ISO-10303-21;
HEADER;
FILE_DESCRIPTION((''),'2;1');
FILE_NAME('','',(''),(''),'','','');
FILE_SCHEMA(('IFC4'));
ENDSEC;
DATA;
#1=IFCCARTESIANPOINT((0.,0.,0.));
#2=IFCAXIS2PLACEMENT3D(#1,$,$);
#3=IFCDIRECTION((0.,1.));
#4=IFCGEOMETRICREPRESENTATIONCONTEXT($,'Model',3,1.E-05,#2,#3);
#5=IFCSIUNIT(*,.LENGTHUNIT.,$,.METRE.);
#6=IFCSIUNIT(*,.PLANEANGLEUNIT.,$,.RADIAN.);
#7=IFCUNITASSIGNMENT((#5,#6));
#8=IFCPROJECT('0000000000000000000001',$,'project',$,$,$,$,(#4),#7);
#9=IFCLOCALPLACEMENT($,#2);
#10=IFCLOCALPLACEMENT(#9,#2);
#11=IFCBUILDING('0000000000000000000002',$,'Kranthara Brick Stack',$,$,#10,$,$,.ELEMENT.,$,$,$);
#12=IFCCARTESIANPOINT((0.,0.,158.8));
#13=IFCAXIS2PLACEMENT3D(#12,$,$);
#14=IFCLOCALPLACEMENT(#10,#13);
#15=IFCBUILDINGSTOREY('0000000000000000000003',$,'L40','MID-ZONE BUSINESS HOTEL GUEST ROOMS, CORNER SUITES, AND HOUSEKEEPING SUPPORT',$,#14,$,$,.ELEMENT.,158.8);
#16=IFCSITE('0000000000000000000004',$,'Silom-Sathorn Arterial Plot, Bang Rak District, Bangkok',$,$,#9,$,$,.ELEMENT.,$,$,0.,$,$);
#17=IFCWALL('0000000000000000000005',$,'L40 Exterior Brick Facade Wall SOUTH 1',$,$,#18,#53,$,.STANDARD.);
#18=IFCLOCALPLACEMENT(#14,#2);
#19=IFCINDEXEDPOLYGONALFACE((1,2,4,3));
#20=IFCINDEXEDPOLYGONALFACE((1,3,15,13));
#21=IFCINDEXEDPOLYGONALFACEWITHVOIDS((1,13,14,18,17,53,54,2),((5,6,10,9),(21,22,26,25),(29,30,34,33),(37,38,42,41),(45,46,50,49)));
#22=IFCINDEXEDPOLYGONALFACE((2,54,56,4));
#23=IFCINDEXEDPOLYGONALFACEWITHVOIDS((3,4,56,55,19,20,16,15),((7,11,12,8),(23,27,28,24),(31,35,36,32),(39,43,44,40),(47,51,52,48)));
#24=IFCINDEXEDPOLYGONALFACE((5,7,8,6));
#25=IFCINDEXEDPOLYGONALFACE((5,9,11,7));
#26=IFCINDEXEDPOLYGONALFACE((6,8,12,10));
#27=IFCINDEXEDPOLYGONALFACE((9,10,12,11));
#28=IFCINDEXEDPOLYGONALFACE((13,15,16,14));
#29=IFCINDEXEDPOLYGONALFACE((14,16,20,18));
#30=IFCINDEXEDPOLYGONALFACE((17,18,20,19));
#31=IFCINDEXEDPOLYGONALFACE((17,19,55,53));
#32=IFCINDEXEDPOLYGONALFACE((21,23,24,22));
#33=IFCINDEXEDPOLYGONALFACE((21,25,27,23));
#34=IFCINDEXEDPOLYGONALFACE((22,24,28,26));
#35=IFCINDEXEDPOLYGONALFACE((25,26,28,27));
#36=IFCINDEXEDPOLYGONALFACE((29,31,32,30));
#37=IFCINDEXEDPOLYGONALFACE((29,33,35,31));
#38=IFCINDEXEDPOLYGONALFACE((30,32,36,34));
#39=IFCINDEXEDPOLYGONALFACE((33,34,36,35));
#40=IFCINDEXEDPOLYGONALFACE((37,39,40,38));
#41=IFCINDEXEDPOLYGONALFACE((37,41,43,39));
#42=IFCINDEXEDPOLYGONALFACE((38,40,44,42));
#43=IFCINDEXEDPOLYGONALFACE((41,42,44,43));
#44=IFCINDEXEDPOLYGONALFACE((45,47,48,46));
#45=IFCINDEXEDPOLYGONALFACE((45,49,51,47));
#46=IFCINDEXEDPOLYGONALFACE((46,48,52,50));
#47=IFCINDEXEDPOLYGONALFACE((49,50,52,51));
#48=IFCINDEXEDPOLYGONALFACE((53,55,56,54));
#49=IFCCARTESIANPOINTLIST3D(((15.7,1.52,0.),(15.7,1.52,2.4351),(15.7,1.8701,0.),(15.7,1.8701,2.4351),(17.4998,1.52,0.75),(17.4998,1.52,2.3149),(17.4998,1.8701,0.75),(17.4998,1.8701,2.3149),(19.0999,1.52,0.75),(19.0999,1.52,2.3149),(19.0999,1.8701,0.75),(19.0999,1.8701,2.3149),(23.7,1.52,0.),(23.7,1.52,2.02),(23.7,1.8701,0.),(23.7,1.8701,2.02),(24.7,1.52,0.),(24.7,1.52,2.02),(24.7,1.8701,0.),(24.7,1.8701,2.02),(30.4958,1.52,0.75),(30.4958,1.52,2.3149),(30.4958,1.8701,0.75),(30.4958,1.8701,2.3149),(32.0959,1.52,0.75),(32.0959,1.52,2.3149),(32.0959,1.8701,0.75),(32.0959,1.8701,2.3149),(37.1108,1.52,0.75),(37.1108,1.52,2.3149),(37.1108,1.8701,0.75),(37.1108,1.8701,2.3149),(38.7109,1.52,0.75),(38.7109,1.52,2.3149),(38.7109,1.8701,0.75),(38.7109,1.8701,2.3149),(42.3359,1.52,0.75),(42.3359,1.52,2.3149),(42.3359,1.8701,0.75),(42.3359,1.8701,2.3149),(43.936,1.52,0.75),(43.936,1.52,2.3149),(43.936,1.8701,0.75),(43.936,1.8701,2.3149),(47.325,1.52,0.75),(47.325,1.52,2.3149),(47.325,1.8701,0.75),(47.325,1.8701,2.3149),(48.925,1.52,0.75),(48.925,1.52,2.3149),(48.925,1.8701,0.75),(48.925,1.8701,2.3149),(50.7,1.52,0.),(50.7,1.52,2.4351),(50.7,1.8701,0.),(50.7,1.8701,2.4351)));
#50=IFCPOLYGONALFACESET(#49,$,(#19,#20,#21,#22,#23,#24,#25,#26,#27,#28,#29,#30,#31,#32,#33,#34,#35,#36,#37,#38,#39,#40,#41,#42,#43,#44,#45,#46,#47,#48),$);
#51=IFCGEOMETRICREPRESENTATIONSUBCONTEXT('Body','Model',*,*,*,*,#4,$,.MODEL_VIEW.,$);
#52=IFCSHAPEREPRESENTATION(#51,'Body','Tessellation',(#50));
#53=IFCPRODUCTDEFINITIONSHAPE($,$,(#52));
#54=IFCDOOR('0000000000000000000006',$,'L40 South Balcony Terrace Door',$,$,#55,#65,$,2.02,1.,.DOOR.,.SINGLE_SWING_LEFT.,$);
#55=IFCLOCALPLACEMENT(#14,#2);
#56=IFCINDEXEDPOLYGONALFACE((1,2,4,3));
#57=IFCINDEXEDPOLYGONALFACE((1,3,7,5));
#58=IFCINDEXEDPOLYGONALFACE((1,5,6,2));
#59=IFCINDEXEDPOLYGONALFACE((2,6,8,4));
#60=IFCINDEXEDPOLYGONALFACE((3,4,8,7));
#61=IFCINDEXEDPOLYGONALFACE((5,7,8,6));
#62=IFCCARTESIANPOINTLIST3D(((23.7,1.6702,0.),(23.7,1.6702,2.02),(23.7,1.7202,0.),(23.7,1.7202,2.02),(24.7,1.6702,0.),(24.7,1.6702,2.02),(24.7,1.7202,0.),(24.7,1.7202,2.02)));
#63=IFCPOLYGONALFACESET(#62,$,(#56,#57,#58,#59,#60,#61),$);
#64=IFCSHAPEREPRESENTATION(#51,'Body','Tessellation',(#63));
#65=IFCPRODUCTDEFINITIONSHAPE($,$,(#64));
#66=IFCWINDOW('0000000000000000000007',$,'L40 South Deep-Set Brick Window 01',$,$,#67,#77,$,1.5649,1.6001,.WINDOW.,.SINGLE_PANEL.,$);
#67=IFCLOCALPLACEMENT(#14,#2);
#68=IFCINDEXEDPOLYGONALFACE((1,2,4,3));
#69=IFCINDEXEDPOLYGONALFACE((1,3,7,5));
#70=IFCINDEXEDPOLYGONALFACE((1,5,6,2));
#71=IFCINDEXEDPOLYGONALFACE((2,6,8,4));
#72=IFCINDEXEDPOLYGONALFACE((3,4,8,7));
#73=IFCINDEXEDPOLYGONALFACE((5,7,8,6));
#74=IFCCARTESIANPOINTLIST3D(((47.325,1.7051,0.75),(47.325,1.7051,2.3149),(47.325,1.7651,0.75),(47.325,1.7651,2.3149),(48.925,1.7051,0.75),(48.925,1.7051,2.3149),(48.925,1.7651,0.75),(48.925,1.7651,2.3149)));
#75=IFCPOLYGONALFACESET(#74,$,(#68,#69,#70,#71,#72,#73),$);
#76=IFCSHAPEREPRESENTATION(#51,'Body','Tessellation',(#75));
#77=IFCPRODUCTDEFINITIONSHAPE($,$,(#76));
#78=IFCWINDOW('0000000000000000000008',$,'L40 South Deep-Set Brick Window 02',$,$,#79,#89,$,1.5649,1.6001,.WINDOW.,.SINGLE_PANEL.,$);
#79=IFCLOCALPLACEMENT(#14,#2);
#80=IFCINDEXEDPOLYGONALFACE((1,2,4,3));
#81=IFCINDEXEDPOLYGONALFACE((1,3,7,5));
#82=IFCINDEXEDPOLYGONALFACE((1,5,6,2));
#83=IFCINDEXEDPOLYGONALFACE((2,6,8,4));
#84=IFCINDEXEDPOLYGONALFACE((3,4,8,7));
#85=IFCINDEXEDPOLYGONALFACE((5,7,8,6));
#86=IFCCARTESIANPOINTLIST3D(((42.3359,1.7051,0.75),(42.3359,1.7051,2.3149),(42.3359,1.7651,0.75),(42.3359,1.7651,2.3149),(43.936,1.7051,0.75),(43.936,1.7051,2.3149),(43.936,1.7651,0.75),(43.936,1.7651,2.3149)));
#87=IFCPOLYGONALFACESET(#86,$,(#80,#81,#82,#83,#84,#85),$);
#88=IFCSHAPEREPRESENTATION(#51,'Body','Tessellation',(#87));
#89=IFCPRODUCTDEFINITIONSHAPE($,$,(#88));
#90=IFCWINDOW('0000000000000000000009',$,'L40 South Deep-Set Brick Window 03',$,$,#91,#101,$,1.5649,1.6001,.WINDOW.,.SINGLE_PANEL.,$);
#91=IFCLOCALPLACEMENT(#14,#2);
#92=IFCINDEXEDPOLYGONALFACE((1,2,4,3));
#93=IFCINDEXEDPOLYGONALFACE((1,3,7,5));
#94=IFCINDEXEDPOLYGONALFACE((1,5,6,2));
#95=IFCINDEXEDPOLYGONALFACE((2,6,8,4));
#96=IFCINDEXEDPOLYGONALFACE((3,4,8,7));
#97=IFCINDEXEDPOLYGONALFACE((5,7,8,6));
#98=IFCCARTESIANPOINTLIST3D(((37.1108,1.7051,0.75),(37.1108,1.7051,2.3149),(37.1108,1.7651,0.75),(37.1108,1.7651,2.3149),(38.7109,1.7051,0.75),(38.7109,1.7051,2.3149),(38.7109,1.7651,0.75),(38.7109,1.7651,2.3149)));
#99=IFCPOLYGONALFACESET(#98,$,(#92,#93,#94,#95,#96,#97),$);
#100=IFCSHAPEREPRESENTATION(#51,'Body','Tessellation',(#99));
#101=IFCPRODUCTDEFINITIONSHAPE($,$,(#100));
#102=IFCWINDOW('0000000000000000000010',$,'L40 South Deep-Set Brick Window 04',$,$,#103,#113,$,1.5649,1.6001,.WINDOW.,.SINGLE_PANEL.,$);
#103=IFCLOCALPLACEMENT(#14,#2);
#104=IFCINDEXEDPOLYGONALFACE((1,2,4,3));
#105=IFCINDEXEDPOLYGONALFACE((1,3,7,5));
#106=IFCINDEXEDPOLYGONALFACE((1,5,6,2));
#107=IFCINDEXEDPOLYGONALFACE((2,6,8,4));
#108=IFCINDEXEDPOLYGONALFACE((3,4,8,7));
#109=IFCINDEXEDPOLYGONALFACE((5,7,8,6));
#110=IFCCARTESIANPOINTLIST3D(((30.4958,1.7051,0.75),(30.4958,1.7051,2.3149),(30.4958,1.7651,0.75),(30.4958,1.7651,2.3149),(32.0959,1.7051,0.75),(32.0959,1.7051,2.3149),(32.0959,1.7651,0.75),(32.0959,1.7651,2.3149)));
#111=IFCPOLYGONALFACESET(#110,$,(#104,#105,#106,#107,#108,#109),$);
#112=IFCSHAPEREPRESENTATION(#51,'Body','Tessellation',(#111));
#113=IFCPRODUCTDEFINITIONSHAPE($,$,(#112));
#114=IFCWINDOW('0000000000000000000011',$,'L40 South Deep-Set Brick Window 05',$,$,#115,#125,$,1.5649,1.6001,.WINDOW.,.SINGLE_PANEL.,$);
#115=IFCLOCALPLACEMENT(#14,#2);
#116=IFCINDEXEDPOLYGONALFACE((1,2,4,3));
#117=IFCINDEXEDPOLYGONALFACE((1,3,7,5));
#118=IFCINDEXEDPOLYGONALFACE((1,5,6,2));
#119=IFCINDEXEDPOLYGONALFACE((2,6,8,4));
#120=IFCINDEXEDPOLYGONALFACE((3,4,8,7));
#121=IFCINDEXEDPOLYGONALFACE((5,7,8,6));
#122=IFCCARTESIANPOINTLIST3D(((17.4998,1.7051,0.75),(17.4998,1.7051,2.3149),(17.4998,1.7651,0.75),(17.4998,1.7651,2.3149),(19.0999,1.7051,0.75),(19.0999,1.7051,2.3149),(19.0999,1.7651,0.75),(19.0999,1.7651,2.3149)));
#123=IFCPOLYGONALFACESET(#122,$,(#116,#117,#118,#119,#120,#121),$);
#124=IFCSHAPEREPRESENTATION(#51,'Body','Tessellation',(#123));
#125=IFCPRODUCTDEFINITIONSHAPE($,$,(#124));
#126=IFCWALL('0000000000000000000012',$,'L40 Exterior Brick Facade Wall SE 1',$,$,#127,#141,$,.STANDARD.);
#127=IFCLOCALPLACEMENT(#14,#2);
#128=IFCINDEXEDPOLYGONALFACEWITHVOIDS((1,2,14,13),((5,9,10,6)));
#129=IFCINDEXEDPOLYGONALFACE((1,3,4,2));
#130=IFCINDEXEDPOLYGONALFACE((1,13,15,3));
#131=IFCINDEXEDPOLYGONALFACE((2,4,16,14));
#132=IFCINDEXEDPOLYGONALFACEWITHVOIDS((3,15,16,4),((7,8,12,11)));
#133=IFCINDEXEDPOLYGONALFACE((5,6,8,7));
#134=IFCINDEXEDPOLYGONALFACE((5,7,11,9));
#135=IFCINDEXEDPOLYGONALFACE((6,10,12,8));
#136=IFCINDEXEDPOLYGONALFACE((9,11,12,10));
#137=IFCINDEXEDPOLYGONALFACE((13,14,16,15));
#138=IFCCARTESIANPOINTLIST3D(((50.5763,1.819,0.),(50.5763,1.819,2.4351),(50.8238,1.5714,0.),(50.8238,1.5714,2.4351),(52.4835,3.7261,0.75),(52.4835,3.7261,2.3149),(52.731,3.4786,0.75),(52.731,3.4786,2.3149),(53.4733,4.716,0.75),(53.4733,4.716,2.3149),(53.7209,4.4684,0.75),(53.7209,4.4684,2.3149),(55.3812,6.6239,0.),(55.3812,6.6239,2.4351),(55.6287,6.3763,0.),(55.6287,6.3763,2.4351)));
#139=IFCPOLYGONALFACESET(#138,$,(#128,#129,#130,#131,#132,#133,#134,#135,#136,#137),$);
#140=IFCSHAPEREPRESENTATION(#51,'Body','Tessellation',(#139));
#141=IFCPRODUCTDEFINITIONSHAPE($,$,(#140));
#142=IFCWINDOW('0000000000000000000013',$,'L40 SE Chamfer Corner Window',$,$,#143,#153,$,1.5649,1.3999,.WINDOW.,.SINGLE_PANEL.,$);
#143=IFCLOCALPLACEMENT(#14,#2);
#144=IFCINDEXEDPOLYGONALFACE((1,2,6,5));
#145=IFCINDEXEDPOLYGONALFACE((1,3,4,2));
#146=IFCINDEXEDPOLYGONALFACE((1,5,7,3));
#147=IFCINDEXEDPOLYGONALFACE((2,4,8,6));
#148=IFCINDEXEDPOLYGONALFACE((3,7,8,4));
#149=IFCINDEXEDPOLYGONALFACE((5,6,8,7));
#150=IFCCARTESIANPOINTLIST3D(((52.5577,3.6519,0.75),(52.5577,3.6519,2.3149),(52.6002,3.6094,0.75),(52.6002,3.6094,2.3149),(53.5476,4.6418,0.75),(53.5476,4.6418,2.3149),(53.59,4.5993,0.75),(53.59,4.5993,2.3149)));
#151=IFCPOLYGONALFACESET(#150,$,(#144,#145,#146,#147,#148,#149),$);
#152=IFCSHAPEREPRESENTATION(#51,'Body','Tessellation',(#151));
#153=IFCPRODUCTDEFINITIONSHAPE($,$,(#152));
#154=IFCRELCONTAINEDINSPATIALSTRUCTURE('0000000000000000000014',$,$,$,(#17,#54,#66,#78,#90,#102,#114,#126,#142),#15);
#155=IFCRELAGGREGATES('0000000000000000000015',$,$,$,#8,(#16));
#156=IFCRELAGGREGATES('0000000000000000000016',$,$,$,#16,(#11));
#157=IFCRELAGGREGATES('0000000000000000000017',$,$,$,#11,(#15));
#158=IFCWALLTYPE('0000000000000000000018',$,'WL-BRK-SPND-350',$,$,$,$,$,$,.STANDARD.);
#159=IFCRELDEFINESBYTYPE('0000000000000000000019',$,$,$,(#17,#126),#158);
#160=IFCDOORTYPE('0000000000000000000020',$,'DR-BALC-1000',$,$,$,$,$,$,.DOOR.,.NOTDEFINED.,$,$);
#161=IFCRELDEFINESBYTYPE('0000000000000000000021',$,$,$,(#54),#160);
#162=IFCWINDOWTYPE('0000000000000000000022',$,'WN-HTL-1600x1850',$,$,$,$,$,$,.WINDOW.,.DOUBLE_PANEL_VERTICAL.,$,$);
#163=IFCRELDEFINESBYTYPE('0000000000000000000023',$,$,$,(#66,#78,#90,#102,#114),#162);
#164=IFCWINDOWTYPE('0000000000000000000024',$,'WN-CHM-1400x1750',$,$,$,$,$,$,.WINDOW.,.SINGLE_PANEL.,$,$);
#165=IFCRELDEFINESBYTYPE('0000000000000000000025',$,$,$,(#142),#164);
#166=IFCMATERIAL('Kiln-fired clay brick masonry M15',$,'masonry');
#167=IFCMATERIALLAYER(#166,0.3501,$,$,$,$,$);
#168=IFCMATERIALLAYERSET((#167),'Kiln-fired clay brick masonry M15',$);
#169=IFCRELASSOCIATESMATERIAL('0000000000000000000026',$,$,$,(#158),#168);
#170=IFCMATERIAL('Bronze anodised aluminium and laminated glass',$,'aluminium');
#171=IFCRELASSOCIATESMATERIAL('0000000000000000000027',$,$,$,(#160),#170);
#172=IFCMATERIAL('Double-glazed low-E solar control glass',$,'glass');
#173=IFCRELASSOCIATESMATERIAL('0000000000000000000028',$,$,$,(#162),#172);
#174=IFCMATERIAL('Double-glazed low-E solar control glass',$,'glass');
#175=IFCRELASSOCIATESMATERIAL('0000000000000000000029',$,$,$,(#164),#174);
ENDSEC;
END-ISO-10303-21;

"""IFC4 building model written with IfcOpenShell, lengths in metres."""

from ifc_helpers import new_model, si_unit, direction, frame, frame_2d, origin, place, context, subcontext, project, spatial, rectangle, extrude, material, layer, layer_set, type_object, element, fill, save


model = new_model("IFC4")

# Units and contexts
model_context = context("Model", 3, precision=1e-05, world=origin(), true_north=direction((0.0, 1.0)))
body_context = subcontext(model_context, "Body", "Model", "MODEL_VIEW")
ifc_project = project(units=[si_unit("LENGTHUNIT", "METRE"), si_unit("PLANEANGLEUNIT", "RADIAN")], contexts=[model_context])

# Site, building, storey
site_placement = place(None, origin())
site = spatial("IfcSite", under=ifc_project, at=site_placement, Name="Silom-Sathorn Arterial Plot, Bang Rak District, Bangkok", CompositionType="ELEMENT", RefElevation=0.0)
building_placement = place(site_placement, origin())
building = spatial("IfcBuilding", under=site, at=building_placement, Name="Kranthara Brick Stack", CompositionType="ELEMENT")
storey_placement = place(building_placement, frame((0.0, 0.0, 158.8)))
storey = spatial("IfcBuildingStorey", under=building, at=storey_placement, Name="L40", Description="MID-ZONE BUSINESS HOTEL GUEST ROOMS, CORNER SUITES, AND HOUSEKEEPING SUPPORT", CompositionType="ELEMENT", Elevation=158.8)

# Wall, openings, door, windows
ifc_material_1 = material(Name="Kiln-fired clay brick masonry M15", Category="masonry")
ifc_layer_1 = layer(ifc_material_1, 0.3501)
ifc_layer_set_1 = layer_set([ifc_layer_1], Name="Kiln-fired clay brick masonry M15")
wall_type_1 = type_object("IfcWallType", Name="WL-BRK-SPND-350", PredefinedType="STANDARD", material=ifc_layer_set_1)
wall_1_placement = place(storey_placement, frame((50.7, 1.6951, 0.0), z_axis=(0.0, 0.0, 1.0), x_axis=(-1.0, 0.0, 0.0)))
wall_1 = element("IfcWall", 1, at=wall_1_placement, inside=storey, type_object=wall_type_1, Name="L40 Exterior Brick Facade Wall SOUTH 1", PredefinedType="STANDARD", context=body_context, shape_type="SweptSolid", body=[
    extrude(rectangle(XDim=35.0, YDim=0.3501, at=frame_2d((17.5, 0.0))), origin(), (0.0, 0.0, 1.0), 2.4351),
])
opening_1_placement = place(wall_1_placement, frame((26.0, 0.0, 0.0)))
opening_1 = element("IfcOpeningElement", 2, at=opening_1_placement, cuts=wall_1, PredefinedType="OPENING", context=body_context, shape_type="SweptSolid", body=[
    extrude(rectangle(XDim=1.0, YDim=2.02, at=frame_2d((0.5, 1.01))), frame((0.0, 0.1851, 0.0), z_axis=(0.0, -1.0, 0.0), x_axis=(1.0, 0.0, 0.0)), (0.0, 0.0, 1.0), 0.3701),
])
opening_2_placement = place(wall_1_placement, frame((1.7749, 0.0, 0.75)))
opening_2 = element("IfcOpeningElement", 3, at=opening_2_placement, cuts=wall_1, PredefinedType="OPENING", context=body_context, shape_type="SweptSolid", body=[
    extrude(rectangle(XDim=1.6001, YDim=1.5649, at=frame_2d((0.8, 0.7825))), frame((0.0, 0.1851, 0.0), z_axis=(0.0, -1.0, 0.0), x_axis=(1.0, 0.0, 0.0)), (0.0, 0.0, 1.0), 0.3701),
])
opening_3_placement = place(wall_1_placement, frame((6.7639, 0.0, 0.75)))
opening_3 = element("IfcOpeningElement", 4, at=opening_3_placement, cuts=wall_1, PredefinedType="OPENING", context=body_context, shape_type="SweptSolid", body=[
    extrude(rectangle(XDim=1.6001, YDim=1.5649, at=frame_2d((0.8, 0.7825))), frame((0.0, 0.1851, 0.0), z_axis=(0.0, -1.0, 0.0), x_axis=(1.0, 0.0, 0.0)), (0.0, 0.0, 1.0), 0.3701),
])
opening_4_placement = place(wall_1_placement, frame((11.989, 0.0, 0.75)))
opening_4 = element("IfcOpeningElement", 5, at=opening_4_placement, cuts=wall_1, PredefinedType="OPENING", context=body_context, shape_type="SweptSolid", body=[
    extrude(rectangle(XDim=1.6001, YDim=1.5649, at=frame_2d((0.8, 0.7825))), frame((0.0, 0.1851, 0.0), z_axis=(0.0, -1.0, 0.0), x_axis=(1.0, 0.0, 0.0)), (0.0, 0.0, 1.0), 0.3701),
])
opening_5_placement = place(wall_1_placement, frame((18.604, 0.0, 0.75)))
opening_5 = element("IfcOpeningElement", 6, at=opening_5_placement, cuts=wall_1, PredefinedType="OPENING", context=body_context, shape_type="SweptSolid", body=[
    extrude(rectangle(XDim=1.6001, YDim=1.5649, at=frame_2d((0.8, 0.7825))), frame((0.0, 0.1851, 0.0), z_axis=(0.0, -1.0, 0.0), x_axis=(1.0, 0.0, 0.0)), (0.0, 0.0, 1.0), 0.3701),
])
opening_6_placement = place(wall_1_placement, frame((31.6001, 0.0, 0.75)))
opening_6 = element("IfcOpeningElement", 7, at=opening_6_placement, cuts=wall_1, PredefinedType="OPENING", context=body_context, shape_type="SweptSolid", body=[
    extrude(rectangle(XDim=1.6001, YDim=1.5649, at=frame_2d((0.8, 0.7825))), frame((0.0, 0.1851, 0.0), z_axis=(0.0, -1.0, 0.0), x_axis=(1.0, 0.0, 0.0)), (0.0, 0.0, 1.0), 0.3701),
])
ifc_material_2 = material(Name="Bronze anodised aluminium and laminated glass", Category="aluminium")
door_type_1 = type_object("IfcDoorType", Name="DR-BALC-1000", OperationType="NOTDEFINED", PredefinedType="DOOR", material=ifc_material_2)
door_1_placement = place(opening_1_placement, origin())
door_1 = element("IfcDoor", 8, at=door_1_placement, inside=storey, type_object=door_type_1, Name="L40 South Balcony Terrace Door", OperationType="SINGLE_SWING_LEFT", OverallHeight=2.02, OverallWidth=1.0, PredefinedType="DOOR", context=body_context, shape_type="SweptSolid", body=[
    extrude(rectangle(XDim=1.0, YDim=2.02, at=frame_2d((0.5, 1.01))), frame((0.0, 0.0249, 0.0), z_axis=(0.0, -1.0, 0.0), x_axis=(1.0, 0.0, 0.0)), (0.0, 0.0, 1.0), 0.05),
])
fill(opening_1, door_1)
ifc_material_3 = material(Name="Double-glazed low-E solar control glass", Category="glass")
window_type_1 = type_object("IfcWindowType", Name="WN-HTL-1600x1850", PartitioningType="DOUBLE_PANEL_VERTICAL", PredefinedType="WINDOW", material=ifc_material_3)
window_1_placement = place(opening_2_placement, origin())
window_1 = element("IfcWindow", 9, at=window_1_placement, inside=storey, type_object=window_type_1, Name="L40 South Deep-Set Brick Window 01", OverallHeight=1.5649, OverallWidth=1.6001, PartitioningType="SINGLE_PANEL", PredefinedType="WINDOW", context=body_context, shape_type="SweptSolid", body=[
    extrude(rectangle(XDim=1.6001, YDim=1.5649, at=frame_2d((0.8, 0.7825))), frame((0.0, -0.01, 0.0), z_axis=(0.0, -1.0, 0.0), x_axis=(1.0, 0.0, 0.0)), (0.0, 0.0, 1.0), 0.0601),
])
fill(opening_2, window_1)
window_2_placement = place(opening_3_placement, origin())
window_2 = element("IfcWindow", 10, at=window_2_placement, inside=storey, type_object=window_type_1, Name="L40 South Deep-Set Brick Window 02", OverallHeight=1.5649, OverallWidth=1.6001, PartitioningType="SINGLE_PANEL", PredefinedType="WINDOW", context=body_context, shape_type="SweptSolid", body=[
    extrude(rectangle(XDim=1.6001, YDim=1.5649, at=frame_2d((0.8, 0.7825))), frame((0.0, -0.01, 0.0), z_axis=(0.0, -1.0, 0.0), x_axis=(1.0, 0.0, 0.0)), (0.0, 0.0, 1.0), 0.0601),
])
fill(opening_3, window_2)
window_3_placement = place(opening_4_placement, origin())
window_3 = element("IfcWindow", 11, at=window_3_placement, inside=storey, type_object=window_type_1, Name="L40 South Deep-Set Brick Window 03", OverallHeight=1.5649, OverallWidth=1.6001, PartitioningType="SINGLE_PANEL", PredefinedType="WINDOW", context=body_context, shape_type="SweptSolid", body=[
    extrude(rectangle(XDim=1.6001, YDim=1.5649, at=frame_2d((0.8, 0.7825))), frame((0.0, -0.01, 0.0), z_axis=(0.0, -1.0, 0.0), x_axis=(1.0, 0.0, 0.0)), (0.0, 0.0, 1.0), 0.0601),
])
fill(opening_4, window_3)
window_4_placement = place(opening_5_placement, origin())
window_4 = element("IfcWindow", 12, at=window_4_placement, inside=storey, type_object=window_type_1, Name="L40 South Deep-Set Brick Window 04", OverallHeight=1.5649, OverallWidth=1.6001, PartitioningType="SINGLE_PANEL", PredefinedType="WINDOW", context=body_context, shape_type="SweptSolid", body=[
    extrude(rectangle(XDim=1.6001, YDim=1.5649, at=frame_2d((0.8, 0.7825))), frame((0.0, -0.01, 0.0), z_axis=(0.0, -1.0, 0.0), x_axis=(1.0, 0.0, 0.0)), (0.0, 0.0, 1.0), 0.0601),
])
fill(opening_5, window_4)
window_5_placement = place(opening_6_placement, origin())
window_5 = element("IfcWindow", 13, at=window_5_placement, inside=storey, type_object=window_type_1, Name="L40 South Deep-Set Brick Window 05", OverallHeight=1.5649, OverallWidth=1.6001, PartitioningType="SINGLE_PANEL", PredefinedType="WINDOW", context=body_context, shape_type="SweptSolid", body=[
    extrude(rectangle(XDim=1.6001, YDim=1.5649, at=frame_2d((0.8, 0.7825))), frame((0.0, -0.01, 0.0), z_axis=(0.0, -1.0, 0.0), x_axis=(1.0, 0.0, 0.0)), (0.0, 0.0, 1.0), 0.0601),
])
fill(opening_6, window_5)

# Wall, opening, window
wall_2_placement = place(storey_placement, frame((55.5049, 6.5, 0.0), z_axis=(0.0, 0.0, 1.0), x_axis=(-0.707107, -0.707107, 0.0)))
wall_2 = element("IfcWall", 14, at=wall_2_placement, inside=storey, type_object=wall_type_1, Name="L40 Exterior Brick Facade Wall SE 1", PredefinedType="STANDARD", context=body_context, shape_type="SweptSolid", body=[
    extrude(rectangle(XDim=6.7952, YDim=0.3501, at=frame_2d((3.3975, 0.0))), origin(), (0.0, 0.0, 1.0), 2.4351),
])
opening_7_placement = place(wall_2_placement, frame((2.698, 0.0, 0.75)))
opening_7 = element("IfcOpeningElement", 15, at=opening_7_placement, cuts=wall_2, PredefinedType="OPENING", context=body_context, shape_type="SweptSolid", body=[
    extrude(rectangle(XDim=1.3999, YDim=1.5649, at=frame_2d((0.7, 0.7825))), frame((0.0, 0.1851, 0.0), z_axis=(0.0, -1.0, 0.0), x_axis=(1.0, 0.0, 0.0)), (0.0, 0.0, 1.0), 0.3701),
])
ifc_material_4 = material(Name="Double-glazed low-E solar control glass", Category="glass")
window_type_2 = type_object("IfcWindowType", Name="WN-CHM-1400x1750", PartitioningType="SINGLE_PANEL", PredefinedType="WINDOW", material=ifc_material_4)
window_6_placement = place(opening_7_placement, origin())
window_6 = element("IfcWindow", 16, at=window_6_placement, inside=storey, type_object=window_type_2, Name="L40 SE Chamfer Corner Window", OverallHeight=1.5649, OverallWidth=1.3999, PartitioningType="SINGLE_PANEL", PredefinedType="WINDOW", context=body_context, shape_type="SweptSolid", body=[
    extrude(rectangle(XDim=1.3999, YDim=1.5649, at=frame_2d((0.7, 0.7825))), frame((0.0, -0.01, 0.0), z_axis=(0.0, -1.0, 0.0), x_axis=(1.0, 0.0, 0.0)), (0.0, 0.0, 1.0), 0.0601),
])
fill(opening_7, window_6)

save(model, "model.ifc")
